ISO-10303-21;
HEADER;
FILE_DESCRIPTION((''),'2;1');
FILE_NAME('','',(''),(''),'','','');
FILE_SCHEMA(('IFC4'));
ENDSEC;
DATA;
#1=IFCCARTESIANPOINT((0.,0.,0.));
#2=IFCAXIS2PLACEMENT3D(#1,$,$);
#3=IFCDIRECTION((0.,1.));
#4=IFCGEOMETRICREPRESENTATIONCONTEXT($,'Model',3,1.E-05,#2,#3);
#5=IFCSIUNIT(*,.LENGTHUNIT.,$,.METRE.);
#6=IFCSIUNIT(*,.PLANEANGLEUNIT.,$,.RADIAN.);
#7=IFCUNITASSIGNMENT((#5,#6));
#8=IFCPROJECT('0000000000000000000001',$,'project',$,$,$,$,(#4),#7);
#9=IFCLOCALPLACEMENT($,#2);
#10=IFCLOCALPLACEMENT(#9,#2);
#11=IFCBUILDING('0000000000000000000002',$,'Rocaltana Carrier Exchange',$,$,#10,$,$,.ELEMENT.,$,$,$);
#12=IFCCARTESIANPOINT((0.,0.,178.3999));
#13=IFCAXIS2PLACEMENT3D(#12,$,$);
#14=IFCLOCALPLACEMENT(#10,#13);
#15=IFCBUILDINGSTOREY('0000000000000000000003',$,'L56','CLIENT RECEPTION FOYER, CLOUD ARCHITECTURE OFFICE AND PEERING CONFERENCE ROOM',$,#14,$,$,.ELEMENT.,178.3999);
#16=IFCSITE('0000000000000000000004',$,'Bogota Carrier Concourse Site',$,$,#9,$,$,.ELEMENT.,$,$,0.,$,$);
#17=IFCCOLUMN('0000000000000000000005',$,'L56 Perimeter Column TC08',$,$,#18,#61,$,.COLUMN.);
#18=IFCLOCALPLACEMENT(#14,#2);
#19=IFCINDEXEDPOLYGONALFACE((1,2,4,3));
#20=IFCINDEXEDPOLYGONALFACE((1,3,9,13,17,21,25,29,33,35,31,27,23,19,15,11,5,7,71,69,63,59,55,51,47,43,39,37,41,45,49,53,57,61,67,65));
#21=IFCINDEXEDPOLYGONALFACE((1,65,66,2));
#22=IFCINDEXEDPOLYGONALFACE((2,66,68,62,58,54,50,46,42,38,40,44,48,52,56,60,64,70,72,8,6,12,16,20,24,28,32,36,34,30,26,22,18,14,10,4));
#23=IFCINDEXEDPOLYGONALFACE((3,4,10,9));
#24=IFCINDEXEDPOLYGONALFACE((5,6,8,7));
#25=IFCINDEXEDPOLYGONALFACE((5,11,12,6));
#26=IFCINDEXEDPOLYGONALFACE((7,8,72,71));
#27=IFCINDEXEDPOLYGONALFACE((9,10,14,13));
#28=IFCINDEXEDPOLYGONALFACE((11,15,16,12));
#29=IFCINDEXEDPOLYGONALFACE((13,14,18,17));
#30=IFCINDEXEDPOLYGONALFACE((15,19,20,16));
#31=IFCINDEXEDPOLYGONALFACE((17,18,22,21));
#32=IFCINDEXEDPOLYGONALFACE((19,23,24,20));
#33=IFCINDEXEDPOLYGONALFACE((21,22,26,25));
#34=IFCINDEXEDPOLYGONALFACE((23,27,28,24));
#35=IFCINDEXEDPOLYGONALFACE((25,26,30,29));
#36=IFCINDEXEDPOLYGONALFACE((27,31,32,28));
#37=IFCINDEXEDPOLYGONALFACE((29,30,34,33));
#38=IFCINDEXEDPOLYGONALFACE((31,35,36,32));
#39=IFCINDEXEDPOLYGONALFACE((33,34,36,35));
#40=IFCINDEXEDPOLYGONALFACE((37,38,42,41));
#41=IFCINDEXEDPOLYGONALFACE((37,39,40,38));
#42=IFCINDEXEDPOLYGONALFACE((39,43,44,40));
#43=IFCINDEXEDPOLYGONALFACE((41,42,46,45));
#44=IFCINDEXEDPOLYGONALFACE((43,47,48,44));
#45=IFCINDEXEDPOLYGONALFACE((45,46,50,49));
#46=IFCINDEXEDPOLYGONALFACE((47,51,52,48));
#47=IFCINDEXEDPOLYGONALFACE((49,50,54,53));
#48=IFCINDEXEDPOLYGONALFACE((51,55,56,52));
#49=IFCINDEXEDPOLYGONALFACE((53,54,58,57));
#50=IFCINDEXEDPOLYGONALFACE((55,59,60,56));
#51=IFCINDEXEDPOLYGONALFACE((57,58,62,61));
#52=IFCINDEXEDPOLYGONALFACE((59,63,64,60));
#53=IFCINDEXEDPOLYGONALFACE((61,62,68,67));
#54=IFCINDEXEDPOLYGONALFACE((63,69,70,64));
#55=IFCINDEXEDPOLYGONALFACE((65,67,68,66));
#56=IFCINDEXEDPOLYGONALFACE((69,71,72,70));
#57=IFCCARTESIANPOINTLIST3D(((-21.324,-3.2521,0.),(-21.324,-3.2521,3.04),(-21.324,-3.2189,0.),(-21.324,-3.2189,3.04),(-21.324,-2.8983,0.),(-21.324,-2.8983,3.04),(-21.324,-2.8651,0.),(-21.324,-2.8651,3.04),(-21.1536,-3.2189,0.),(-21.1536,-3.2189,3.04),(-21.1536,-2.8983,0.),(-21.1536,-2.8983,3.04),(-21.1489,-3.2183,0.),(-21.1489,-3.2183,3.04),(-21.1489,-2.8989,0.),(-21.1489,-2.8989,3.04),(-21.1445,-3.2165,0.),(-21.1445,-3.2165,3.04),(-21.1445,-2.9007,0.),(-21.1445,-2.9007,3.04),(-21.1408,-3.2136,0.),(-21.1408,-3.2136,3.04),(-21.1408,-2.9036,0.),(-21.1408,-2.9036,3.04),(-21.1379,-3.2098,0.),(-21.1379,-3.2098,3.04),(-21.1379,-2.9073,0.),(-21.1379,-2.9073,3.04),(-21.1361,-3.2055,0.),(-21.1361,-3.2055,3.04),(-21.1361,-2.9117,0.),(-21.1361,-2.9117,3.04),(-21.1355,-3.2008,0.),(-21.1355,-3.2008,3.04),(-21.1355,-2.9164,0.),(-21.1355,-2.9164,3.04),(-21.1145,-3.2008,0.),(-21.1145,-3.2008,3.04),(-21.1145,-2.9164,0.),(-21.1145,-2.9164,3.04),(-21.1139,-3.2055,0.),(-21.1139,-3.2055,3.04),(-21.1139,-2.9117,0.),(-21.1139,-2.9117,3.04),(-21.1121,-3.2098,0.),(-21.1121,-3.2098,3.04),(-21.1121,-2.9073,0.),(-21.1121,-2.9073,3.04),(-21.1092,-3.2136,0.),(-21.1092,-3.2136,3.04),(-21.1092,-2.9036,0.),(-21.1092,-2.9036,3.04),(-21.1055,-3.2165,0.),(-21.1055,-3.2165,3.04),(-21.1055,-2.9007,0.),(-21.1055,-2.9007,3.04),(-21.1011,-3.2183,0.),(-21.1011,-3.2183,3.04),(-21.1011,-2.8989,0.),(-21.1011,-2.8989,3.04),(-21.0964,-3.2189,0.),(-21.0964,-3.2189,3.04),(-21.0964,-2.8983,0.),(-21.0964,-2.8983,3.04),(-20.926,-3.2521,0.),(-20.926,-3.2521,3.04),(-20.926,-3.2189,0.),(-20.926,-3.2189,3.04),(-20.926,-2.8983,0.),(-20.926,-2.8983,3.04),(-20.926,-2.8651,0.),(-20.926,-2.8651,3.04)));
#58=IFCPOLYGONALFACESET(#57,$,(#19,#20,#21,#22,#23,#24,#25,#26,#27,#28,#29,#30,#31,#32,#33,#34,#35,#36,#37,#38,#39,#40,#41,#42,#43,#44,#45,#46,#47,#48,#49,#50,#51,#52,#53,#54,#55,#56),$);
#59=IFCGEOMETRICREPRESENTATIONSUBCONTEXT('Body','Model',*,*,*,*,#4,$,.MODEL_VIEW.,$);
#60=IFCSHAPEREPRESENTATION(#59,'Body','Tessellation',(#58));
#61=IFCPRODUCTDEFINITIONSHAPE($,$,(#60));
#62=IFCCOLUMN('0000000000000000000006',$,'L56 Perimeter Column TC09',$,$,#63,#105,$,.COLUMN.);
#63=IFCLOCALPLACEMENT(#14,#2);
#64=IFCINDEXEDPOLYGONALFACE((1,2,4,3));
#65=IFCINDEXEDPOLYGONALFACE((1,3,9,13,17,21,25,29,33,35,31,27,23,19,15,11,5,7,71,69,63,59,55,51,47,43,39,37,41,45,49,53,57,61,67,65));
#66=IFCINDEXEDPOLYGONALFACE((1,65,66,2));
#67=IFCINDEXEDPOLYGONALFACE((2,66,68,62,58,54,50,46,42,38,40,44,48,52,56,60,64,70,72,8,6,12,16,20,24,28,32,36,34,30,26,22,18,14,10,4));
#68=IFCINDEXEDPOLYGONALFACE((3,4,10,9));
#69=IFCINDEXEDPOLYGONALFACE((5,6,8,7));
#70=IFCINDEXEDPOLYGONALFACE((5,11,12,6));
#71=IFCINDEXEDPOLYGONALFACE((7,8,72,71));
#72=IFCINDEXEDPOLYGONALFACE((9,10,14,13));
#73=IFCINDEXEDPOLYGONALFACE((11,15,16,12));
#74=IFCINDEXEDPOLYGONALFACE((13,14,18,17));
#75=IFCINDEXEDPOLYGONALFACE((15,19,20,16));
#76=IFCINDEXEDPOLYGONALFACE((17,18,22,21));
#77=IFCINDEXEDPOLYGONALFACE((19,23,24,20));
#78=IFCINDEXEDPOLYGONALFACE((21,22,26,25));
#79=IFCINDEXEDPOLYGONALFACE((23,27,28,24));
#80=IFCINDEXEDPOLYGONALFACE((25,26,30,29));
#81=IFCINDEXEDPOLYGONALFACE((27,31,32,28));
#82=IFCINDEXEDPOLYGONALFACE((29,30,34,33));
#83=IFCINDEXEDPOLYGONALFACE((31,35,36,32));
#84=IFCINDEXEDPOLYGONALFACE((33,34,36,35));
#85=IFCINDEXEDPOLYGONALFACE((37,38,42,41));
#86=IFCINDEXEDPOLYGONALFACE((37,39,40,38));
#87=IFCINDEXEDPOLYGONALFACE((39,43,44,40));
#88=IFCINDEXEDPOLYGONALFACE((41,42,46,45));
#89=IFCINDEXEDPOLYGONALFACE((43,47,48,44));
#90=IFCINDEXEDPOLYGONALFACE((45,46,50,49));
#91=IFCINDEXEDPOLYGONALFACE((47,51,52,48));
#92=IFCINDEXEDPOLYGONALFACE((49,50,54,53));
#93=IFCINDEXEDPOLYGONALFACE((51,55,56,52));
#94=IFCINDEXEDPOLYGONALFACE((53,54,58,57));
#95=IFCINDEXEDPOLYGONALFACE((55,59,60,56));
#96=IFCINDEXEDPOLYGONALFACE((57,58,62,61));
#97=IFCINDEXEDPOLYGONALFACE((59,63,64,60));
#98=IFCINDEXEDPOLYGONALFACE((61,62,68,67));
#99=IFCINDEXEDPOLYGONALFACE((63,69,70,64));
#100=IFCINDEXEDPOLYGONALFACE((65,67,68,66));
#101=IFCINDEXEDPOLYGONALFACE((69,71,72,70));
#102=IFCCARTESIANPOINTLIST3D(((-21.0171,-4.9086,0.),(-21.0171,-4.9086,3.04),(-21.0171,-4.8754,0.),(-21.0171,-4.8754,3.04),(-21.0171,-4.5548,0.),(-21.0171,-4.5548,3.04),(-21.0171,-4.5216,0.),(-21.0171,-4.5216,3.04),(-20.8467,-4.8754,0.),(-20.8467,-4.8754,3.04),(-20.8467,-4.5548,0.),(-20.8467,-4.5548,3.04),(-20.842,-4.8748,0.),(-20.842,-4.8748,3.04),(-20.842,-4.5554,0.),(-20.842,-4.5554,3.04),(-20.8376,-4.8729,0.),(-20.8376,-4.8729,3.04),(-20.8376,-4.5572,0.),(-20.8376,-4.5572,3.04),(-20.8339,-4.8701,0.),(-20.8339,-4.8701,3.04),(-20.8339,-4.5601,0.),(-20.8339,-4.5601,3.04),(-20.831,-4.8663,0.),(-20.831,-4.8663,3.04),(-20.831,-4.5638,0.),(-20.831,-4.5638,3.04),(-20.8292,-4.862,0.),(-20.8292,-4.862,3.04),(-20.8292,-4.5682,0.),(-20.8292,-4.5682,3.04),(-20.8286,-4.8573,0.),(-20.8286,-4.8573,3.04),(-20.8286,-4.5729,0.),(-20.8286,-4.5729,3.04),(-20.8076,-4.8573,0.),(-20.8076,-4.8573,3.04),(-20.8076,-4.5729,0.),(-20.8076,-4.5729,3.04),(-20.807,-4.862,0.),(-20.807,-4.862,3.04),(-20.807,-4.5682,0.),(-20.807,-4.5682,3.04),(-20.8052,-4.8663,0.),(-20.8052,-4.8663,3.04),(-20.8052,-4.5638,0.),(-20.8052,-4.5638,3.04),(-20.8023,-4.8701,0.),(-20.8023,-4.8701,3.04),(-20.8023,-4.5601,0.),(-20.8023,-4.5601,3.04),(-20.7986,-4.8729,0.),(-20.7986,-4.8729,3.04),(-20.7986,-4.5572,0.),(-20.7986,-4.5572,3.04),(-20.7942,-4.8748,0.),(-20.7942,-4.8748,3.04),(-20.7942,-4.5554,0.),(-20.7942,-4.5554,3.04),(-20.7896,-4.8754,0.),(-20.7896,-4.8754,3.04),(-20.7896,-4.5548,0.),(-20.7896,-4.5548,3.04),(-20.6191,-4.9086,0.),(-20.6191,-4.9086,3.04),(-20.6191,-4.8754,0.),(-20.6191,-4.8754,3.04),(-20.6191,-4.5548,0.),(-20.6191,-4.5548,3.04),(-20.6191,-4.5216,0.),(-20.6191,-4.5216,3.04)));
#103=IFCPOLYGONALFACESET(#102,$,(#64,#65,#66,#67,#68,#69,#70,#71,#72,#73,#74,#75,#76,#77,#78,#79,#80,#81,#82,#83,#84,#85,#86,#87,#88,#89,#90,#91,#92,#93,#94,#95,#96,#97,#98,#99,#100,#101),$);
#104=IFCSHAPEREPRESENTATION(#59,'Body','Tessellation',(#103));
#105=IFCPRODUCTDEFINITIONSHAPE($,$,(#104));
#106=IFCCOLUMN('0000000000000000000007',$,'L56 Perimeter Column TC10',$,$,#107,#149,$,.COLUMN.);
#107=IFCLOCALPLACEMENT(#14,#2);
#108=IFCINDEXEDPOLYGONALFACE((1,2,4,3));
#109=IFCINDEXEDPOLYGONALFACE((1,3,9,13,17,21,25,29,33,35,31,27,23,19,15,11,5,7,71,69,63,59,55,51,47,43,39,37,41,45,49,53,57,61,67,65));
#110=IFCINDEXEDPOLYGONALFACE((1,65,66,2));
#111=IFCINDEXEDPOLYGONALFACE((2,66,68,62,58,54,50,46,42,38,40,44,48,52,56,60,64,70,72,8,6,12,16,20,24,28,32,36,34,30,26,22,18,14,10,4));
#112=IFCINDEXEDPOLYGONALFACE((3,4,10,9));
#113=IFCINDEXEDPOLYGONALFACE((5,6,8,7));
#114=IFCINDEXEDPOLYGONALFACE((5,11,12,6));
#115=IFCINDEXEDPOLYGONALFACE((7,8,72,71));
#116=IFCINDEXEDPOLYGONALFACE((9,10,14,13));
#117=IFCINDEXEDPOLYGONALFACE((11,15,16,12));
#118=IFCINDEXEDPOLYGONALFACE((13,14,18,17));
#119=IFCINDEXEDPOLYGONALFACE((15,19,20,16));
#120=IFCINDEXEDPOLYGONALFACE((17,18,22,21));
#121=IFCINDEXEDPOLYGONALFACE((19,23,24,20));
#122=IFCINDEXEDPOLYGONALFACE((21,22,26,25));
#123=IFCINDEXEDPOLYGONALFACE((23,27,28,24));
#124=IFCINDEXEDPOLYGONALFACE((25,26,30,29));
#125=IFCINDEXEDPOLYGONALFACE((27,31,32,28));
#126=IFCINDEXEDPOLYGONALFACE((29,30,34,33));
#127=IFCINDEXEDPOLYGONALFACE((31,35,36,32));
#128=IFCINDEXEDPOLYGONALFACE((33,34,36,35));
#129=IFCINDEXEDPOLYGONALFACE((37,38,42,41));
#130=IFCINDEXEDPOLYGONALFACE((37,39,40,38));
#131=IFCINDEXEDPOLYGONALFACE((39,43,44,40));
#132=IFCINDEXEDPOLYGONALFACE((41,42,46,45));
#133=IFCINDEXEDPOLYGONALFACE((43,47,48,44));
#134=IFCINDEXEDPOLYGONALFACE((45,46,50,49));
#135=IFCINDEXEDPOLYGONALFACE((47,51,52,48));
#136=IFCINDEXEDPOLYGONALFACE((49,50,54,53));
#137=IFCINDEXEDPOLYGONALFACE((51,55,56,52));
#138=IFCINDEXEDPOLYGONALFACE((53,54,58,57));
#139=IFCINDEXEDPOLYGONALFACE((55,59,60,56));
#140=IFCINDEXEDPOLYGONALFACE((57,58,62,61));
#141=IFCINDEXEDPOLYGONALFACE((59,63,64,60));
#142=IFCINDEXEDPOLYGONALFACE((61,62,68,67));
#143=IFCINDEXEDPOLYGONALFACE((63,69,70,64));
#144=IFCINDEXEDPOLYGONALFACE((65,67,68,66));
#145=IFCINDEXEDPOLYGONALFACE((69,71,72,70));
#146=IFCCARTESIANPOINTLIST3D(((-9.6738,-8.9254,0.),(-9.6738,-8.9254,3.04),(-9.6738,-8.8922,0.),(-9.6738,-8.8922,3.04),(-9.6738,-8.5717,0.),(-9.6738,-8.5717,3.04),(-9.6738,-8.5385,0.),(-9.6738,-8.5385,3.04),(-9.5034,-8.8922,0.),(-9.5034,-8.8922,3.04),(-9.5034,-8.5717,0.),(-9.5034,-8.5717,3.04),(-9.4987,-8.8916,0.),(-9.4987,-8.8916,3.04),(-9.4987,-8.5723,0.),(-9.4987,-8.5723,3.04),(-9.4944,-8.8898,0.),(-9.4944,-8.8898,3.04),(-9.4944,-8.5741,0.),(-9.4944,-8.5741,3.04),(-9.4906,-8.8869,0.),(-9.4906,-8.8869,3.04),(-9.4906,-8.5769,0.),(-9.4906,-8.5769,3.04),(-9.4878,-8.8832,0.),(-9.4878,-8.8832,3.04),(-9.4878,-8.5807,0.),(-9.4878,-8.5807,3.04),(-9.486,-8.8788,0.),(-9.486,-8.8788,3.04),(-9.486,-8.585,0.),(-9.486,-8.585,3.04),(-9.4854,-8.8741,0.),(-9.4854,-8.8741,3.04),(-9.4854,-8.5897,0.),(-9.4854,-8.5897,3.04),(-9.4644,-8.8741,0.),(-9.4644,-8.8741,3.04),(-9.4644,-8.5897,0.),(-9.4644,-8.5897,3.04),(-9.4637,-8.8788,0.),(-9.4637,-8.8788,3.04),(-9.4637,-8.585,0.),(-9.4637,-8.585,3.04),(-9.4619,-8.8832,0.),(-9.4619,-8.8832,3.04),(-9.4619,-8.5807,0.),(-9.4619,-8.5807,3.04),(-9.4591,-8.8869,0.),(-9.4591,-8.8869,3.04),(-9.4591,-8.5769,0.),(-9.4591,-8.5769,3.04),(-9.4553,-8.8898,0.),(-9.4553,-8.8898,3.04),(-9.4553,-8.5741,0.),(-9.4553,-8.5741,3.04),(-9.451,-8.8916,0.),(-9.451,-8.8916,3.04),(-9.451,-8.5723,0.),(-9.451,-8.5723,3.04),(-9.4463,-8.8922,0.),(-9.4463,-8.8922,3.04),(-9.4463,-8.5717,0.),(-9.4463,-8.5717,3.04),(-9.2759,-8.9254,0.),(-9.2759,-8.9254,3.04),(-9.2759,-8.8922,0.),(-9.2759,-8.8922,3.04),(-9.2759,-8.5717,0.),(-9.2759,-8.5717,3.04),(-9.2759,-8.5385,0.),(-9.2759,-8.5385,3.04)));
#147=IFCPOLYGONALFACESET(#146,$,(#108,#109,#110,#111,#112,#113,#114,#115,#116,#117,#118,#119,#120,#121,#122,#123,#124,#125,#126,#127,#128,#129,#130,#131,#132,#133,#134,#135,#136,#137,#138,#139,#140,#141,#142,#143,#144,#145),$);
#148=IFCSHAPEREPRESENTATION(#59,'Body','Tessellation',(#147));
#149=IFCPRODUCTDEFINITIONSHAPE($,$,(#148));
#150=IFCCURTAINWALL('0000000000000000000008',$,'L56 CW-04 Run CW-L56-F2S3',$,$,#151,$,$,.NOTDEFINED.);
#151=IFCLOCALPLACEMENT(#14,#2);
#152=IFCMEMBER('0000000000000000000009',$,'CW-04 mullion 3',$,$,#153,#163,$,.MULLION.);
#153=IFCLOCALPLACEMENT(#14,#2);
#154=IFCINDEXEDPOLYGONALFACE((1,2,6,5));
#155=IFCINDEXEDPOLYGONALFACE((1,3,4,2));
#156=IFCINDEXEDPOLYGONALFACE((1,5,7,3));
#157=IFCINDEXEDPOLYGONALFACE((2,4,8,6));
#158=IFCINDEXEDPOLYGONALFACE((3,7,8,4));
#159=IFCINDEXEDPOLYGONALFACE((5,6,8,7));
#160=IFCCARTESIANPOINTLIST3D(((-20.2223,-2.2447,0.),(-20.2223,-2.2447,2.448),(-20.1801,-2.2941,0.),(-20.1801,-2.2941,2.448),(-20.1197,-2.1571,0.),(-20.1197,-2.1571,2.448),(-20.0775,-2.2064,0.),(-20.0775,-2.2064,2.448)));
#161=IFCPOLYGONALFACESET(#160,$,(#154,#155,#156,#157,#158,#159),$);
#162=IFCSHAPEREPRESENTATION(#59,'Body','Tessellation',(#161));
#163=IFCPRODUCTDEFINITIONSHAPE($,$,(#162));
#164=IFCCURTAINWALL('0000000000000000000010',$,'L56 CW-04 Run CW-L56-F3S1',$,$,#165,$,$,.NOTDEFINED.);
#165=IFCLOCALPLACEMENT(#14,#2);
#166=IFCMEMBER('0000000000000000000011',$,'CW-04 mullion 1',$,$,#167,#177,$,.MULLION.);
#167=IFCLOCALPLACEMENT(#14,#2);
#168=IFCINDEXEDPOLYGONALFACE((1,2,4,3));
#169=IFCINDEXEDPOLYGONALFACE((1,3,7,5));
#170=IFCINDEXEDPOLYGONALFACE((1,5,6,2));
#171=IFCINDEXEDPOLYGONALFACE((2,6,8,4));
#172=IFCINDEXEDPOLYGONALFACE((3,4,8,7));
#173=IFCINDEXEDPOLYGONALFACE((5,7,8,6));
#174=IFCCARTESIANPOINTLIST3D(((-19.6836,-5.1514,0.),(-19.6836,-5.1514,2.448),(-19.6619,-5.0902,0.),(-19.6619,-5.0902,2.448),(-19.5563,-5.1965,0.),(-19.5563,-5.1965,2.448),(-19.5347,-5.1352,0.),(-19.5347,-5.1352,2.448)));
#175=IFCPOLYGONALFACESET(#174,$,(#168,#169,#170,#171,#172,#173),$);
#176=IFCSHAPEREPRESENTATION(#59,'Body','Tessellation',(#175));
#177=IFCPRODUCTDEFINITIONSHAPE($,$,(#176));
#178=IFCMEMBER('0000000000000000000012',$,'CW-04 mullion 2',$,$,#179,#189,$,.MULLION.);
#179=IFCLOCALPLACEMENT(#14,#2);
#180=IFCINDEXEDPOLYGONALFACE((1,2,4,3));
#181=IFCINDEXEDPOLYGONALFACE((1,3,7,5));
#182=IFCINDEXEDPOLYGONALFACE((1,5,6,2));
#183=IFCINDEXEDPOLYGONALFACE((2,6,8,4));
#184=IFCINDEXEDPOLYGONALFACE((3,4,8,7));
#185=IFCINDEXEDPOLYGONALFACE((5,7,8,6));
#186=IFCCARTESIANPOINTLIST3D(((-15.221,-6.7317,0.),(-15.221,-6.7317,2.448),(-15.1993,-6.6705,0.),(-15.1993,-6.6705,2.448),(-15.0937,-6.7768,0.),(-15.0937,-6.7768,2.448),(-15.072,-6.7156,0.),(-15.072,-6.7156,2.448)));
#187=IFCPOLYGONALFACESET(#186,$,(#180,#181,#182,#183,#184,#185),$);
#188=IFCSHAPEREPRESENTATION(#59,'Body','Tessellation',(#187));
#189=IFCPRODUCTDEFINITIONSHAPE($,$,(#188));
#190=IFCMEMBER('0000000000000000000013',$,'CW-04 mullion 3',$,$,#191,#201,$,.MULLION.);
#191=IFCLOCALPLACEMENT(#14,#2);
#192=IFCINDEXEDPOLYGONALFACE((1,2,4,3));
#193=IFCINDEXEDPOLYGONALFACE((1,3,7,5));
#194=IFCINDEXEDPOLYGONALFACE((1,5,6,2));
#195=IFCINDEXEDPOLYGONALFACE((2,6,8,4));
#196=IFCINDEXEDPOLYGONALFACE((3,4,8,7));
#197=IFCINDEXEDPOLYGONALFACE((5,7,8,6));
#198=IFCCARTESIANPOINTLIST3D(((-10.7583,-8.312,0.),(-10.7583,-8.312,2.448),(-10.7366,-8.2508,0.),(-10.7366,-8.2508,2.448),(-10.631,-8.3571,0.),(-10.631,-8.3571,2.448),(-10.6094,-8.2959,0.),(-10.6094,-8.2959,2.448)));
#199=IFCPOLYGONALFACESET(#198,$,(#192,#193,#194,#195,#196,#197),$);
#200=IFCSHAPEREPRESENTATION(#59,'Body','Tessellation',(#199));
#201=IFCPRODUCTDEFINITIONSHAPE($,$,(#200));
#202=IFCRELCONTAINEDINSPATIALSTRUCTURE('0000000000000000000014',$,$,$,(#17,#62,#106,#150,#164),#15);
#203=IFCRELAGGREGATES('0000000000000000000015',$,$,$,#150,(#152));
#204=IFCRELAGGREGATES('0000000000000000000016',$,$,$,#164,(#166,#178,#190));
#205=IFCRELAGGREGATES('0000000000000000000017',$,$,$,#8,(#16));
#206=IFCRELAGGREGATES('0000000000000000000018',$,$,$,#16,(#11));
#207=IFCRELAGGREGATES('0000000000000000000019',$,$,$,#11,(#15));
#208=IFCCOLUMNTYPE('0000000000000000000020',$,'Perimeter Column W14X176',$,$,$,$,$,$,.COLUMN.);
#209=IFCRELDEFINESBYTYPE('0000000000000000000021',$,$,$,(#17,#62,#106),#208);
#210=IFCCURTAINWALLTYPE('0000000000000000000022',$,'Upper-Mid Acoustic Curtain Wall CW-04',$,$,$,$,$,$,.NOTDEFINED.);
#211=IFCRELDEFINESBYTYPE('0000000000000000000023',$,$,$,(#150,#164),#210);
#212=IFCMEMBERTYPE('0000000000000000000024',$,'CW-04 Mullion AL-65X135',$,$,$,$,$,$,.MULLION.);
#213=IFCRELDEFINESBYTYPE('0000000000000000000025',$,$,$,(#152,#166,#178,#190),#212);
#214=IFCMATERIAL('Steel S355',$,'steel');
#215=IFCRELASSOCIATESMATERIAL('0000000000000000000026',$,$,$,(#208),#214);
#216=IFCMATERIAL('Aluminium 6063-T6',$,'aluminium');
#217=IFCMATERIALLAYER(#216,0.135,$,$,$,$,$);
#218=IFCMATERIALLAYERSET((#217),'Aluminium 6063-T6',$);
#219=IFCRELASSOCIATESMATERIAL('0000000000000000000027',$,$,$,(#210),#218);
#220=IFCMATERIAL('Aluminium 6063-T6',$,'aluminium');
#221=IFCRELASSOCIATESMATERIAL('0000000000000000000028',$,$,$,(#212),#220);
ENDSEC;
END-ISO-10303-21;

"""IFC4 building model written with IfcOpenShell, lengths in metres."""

from ifc_helpers import new_model, si_unit, direction, frame, origin, origin_2d, place, context, subcontext, project, spatial, rectangle, i_section, extrude, material, layer, layer_set, material_profile, profile_set, type_object, element, aggregate, save


model = new_model("IFC4")

# Units and contexts
model_context = context("Model", 3, precision=1e-05, world=origin(), true_north=direction((0.0, 1.0)))
body_context = subcontext(model_context, "Body", "Model", "MODEL_VIEW")
ifc_project = project(units=[si_unit("LENGTHUNIT", "METRE"), si_unit("PLANEANGLEUNIT", "RADIAN")], contexts=[model_context])

# Site, building, storey
site_placement = place(None, origin())
site = spatial("IfcSite", under=ifc_project, at=site_placement, Name="Bogota Carrier Concourse Site", CompositionType="ELEMENT", RefElevation=0.0)
building_placement = place(site_placement, origin())
building = spatial("IfcBuilding", under=site, at=building_placement, Name="Rocaltana Carrier Exchange", CompositionType="ELEMENT")
storey_placement = place(building_placement, frame((0.0, 0.0, 178.3999)))
storey = spatial("IfcBuildingStorey", under=building, at=storey_placement, Name="L56", Description="CLIENT RECEPTION FOYER, CLOUD ARCHITECTURE OFFICE AND PEERING CONFERENCE ROOM", CompositionType="ELEMENT", Elevation=178.3999)

# Columns
ifc_material_1 = material(Name="Steel S355", Category="steel")
ifc_material_profile_1 = material_profile(ifc_material_1, i_section(OverallWidth=0.3979, OverallDepth=0.387, WebThickness=0.021, FlangeThickness=0.0332, FilletRadius=0.0181, at=origin_2d()), Name="W14X176")
ifc_profile_set_1 = profile_set([ifc_material_profile_1], Name="Steel S355")
column_type = type_object("IfcColumnType", Name="Perimeter Column W14X176", PredefinedType="COLUMN", material=ifc_profile_set_1)
for number, where, z_axis, x_axis, name in (
    (1, (-21.125, -3.0586, 0.0), (0.0, 0.0, 1.0), (1.0, 0.0, 0.0), "L56 Perimeter Column TC08"),
    (2, (-20.8181, -4.7151, 0.0), (0.0, 0.0, 1.0), (1.0, 0.0, 0.0), "L56 Perimeter Column TC09"),
    (3, (-9.4749, -8.7319, 0.0), (0.0, 0.0, 1.0), (1.0, 0.0, 0.0), "L56 Perimeter Column TC10"),
):
    element("IfcColumn", number, at=place(storey_placement, frame(where, z_axis=z_axis, x_axis=x_axis)), inside=storey, type_object=column_type, Name=name, PredefinedType="COLUMN", context=body_context, shape_type="SweptSolid", body=[
        extrude(i_section(OverallWidth=0.3979, OverallDepth=0.387, WebThickness=0.021, FlangeThickness=0.0332, FilletRadius=0.0181, at=origin_2d()), origin(), (0.0, 0.0, 1.0), 3.04),
    ])

# Curtain wall, member
ifc_material_2 = material(Name="Aluminium 6063-T6", Category="aluminium")
ifc_layer_1 = layer(ifc_material_2, 0.135)
ifc_layer_set_1 = layer_set([ifc_layer_1], Name="Aluminium 6063-T6")
curtain_wall_type = type_object("IfcCurtainWallType", Name="Upper-Mid Acoustic Curtain Wall CW-04", PredefinedType="NOTDEFINED", material=ifc_layer_set_1)
curtain_wall_1_placement = place(storey_placement, origin())
curtain_wall_1 = element("IfcCurtainWall", 4, at=curtain_wall_1_placement, inside=storey, type_object=curtain_wall_type, Name="L56 CW-04 Run CW-L56-F2S3", PredefinedType="NOTDEFINED")
ifc_material_3 = material(Name="Aluminium 6063-T6", Category="aluminium")
ifc_material_profile_2 = material_profile(ifc_material_3, rectangle(XDim=0.0649, YDim=0.135, at=origin_2d()), Name="AL-65X135")
ifc_profile_set_2 = profile_set([ifc_material_profile_2], Name="Aluminium 6063-T6")
member_type_1 = type_object("IfcMemberType", Name="CW-04 Mullion AL-65X135", PredefinedType="MULLION", material=ifc_profile_set_2)
member_1_placement = place(storey_placement, frame((-20.1499, -2.2256, 0.0), z_axis=(0.0, 0.0, 1.0), x_axis=(0.649448, -0.760406, 0.0)))
member_1 = element("IfcMember", 5, at=member_1_placement, type_object=member_type_1, Name="CW-04 mullion 3", PredefinedType="MULLION", context=body_context, shape_type="SweptSolid", body=[
    extrude(rectangle(XDim=0.0649, YDim=0.135, at=origin_2d()), origin(), (0.0, 0.0, 1.0), 2.448),
])

# Curtain wall, members
curtain_wall_2_placement = place(storey_placement, origin())
curtain_wall_2 = element("IfcCurtainWall", 6, at=curtain_wall_2_placement, inside=storey, type_object=curtain_wall_type, Name="L56 CW-04 Run CW-L56-F3S1", PredefinedType="NOTDEFINED")
member_2_placement = place(storey_placement, frame((-19.6091, -5.1433, 0.0), z_axis=(0.0, 0.0, 1.0), x_axis=(0.333795, 0.942646, 0.0)))
member_2 = element("IfcMember", 7, at=member_2_placement, type_object=member_type_1, Name="CW-04 mullion 1", PredefinedType="MULLION", context=body_context, shape_type="SweptSolid", body=[
    extrude(rectangle(XDim=0.0649, YDim=0.135, at=origin_2d()), origin(), (0.0, 0.0, 1.0), 2.448),
])
member_3_placement = place(storey_placement, frame((-15.1465, -6.7236, 0.0), z_axis=(0.0, 0.0, 1.0), x_axis=(0.333795, 0.942646, 0.0)))
member_3 = element("IfcMember", 8, at=member_3_placement, type_object=member_type_1, Name="CW-04 mullion 2", PredefinedType="MULLION", context=body_context, shape_type="SweptSolid", body=[
    extrude(rectangle(XDim=0.0649, YDim=0.135, at=origin_2d()), origin(), (0.0, 0.0, 1.0), 2.448),
])
member_4_placement = place(storey_placement, frame((-10.6838, -8.304, 0.0), z_axis=(0.0, 0.0, 1.0), x_axis=(0.333795, 0.942646, 0.0)))
member_4 = element("IfcMember", 9, at=member_4_placement, type_object=member_type_1, Name="CW-04 mullion 3", PredefinedType="MULLION", context=body_context, shape_type="SweptSolid", body=[
    extrude(rectangle(XDim=0.0649, YDim=0.135, at=origin_2d()), origin(), (0.0, 0.0, 1.0), 2.448),
])

aggregate(curtain_wall_1, [member_1])
aggregate(curtain_wall_2, [member_2, member_3, member_4])

save(model, "model.ifc")
